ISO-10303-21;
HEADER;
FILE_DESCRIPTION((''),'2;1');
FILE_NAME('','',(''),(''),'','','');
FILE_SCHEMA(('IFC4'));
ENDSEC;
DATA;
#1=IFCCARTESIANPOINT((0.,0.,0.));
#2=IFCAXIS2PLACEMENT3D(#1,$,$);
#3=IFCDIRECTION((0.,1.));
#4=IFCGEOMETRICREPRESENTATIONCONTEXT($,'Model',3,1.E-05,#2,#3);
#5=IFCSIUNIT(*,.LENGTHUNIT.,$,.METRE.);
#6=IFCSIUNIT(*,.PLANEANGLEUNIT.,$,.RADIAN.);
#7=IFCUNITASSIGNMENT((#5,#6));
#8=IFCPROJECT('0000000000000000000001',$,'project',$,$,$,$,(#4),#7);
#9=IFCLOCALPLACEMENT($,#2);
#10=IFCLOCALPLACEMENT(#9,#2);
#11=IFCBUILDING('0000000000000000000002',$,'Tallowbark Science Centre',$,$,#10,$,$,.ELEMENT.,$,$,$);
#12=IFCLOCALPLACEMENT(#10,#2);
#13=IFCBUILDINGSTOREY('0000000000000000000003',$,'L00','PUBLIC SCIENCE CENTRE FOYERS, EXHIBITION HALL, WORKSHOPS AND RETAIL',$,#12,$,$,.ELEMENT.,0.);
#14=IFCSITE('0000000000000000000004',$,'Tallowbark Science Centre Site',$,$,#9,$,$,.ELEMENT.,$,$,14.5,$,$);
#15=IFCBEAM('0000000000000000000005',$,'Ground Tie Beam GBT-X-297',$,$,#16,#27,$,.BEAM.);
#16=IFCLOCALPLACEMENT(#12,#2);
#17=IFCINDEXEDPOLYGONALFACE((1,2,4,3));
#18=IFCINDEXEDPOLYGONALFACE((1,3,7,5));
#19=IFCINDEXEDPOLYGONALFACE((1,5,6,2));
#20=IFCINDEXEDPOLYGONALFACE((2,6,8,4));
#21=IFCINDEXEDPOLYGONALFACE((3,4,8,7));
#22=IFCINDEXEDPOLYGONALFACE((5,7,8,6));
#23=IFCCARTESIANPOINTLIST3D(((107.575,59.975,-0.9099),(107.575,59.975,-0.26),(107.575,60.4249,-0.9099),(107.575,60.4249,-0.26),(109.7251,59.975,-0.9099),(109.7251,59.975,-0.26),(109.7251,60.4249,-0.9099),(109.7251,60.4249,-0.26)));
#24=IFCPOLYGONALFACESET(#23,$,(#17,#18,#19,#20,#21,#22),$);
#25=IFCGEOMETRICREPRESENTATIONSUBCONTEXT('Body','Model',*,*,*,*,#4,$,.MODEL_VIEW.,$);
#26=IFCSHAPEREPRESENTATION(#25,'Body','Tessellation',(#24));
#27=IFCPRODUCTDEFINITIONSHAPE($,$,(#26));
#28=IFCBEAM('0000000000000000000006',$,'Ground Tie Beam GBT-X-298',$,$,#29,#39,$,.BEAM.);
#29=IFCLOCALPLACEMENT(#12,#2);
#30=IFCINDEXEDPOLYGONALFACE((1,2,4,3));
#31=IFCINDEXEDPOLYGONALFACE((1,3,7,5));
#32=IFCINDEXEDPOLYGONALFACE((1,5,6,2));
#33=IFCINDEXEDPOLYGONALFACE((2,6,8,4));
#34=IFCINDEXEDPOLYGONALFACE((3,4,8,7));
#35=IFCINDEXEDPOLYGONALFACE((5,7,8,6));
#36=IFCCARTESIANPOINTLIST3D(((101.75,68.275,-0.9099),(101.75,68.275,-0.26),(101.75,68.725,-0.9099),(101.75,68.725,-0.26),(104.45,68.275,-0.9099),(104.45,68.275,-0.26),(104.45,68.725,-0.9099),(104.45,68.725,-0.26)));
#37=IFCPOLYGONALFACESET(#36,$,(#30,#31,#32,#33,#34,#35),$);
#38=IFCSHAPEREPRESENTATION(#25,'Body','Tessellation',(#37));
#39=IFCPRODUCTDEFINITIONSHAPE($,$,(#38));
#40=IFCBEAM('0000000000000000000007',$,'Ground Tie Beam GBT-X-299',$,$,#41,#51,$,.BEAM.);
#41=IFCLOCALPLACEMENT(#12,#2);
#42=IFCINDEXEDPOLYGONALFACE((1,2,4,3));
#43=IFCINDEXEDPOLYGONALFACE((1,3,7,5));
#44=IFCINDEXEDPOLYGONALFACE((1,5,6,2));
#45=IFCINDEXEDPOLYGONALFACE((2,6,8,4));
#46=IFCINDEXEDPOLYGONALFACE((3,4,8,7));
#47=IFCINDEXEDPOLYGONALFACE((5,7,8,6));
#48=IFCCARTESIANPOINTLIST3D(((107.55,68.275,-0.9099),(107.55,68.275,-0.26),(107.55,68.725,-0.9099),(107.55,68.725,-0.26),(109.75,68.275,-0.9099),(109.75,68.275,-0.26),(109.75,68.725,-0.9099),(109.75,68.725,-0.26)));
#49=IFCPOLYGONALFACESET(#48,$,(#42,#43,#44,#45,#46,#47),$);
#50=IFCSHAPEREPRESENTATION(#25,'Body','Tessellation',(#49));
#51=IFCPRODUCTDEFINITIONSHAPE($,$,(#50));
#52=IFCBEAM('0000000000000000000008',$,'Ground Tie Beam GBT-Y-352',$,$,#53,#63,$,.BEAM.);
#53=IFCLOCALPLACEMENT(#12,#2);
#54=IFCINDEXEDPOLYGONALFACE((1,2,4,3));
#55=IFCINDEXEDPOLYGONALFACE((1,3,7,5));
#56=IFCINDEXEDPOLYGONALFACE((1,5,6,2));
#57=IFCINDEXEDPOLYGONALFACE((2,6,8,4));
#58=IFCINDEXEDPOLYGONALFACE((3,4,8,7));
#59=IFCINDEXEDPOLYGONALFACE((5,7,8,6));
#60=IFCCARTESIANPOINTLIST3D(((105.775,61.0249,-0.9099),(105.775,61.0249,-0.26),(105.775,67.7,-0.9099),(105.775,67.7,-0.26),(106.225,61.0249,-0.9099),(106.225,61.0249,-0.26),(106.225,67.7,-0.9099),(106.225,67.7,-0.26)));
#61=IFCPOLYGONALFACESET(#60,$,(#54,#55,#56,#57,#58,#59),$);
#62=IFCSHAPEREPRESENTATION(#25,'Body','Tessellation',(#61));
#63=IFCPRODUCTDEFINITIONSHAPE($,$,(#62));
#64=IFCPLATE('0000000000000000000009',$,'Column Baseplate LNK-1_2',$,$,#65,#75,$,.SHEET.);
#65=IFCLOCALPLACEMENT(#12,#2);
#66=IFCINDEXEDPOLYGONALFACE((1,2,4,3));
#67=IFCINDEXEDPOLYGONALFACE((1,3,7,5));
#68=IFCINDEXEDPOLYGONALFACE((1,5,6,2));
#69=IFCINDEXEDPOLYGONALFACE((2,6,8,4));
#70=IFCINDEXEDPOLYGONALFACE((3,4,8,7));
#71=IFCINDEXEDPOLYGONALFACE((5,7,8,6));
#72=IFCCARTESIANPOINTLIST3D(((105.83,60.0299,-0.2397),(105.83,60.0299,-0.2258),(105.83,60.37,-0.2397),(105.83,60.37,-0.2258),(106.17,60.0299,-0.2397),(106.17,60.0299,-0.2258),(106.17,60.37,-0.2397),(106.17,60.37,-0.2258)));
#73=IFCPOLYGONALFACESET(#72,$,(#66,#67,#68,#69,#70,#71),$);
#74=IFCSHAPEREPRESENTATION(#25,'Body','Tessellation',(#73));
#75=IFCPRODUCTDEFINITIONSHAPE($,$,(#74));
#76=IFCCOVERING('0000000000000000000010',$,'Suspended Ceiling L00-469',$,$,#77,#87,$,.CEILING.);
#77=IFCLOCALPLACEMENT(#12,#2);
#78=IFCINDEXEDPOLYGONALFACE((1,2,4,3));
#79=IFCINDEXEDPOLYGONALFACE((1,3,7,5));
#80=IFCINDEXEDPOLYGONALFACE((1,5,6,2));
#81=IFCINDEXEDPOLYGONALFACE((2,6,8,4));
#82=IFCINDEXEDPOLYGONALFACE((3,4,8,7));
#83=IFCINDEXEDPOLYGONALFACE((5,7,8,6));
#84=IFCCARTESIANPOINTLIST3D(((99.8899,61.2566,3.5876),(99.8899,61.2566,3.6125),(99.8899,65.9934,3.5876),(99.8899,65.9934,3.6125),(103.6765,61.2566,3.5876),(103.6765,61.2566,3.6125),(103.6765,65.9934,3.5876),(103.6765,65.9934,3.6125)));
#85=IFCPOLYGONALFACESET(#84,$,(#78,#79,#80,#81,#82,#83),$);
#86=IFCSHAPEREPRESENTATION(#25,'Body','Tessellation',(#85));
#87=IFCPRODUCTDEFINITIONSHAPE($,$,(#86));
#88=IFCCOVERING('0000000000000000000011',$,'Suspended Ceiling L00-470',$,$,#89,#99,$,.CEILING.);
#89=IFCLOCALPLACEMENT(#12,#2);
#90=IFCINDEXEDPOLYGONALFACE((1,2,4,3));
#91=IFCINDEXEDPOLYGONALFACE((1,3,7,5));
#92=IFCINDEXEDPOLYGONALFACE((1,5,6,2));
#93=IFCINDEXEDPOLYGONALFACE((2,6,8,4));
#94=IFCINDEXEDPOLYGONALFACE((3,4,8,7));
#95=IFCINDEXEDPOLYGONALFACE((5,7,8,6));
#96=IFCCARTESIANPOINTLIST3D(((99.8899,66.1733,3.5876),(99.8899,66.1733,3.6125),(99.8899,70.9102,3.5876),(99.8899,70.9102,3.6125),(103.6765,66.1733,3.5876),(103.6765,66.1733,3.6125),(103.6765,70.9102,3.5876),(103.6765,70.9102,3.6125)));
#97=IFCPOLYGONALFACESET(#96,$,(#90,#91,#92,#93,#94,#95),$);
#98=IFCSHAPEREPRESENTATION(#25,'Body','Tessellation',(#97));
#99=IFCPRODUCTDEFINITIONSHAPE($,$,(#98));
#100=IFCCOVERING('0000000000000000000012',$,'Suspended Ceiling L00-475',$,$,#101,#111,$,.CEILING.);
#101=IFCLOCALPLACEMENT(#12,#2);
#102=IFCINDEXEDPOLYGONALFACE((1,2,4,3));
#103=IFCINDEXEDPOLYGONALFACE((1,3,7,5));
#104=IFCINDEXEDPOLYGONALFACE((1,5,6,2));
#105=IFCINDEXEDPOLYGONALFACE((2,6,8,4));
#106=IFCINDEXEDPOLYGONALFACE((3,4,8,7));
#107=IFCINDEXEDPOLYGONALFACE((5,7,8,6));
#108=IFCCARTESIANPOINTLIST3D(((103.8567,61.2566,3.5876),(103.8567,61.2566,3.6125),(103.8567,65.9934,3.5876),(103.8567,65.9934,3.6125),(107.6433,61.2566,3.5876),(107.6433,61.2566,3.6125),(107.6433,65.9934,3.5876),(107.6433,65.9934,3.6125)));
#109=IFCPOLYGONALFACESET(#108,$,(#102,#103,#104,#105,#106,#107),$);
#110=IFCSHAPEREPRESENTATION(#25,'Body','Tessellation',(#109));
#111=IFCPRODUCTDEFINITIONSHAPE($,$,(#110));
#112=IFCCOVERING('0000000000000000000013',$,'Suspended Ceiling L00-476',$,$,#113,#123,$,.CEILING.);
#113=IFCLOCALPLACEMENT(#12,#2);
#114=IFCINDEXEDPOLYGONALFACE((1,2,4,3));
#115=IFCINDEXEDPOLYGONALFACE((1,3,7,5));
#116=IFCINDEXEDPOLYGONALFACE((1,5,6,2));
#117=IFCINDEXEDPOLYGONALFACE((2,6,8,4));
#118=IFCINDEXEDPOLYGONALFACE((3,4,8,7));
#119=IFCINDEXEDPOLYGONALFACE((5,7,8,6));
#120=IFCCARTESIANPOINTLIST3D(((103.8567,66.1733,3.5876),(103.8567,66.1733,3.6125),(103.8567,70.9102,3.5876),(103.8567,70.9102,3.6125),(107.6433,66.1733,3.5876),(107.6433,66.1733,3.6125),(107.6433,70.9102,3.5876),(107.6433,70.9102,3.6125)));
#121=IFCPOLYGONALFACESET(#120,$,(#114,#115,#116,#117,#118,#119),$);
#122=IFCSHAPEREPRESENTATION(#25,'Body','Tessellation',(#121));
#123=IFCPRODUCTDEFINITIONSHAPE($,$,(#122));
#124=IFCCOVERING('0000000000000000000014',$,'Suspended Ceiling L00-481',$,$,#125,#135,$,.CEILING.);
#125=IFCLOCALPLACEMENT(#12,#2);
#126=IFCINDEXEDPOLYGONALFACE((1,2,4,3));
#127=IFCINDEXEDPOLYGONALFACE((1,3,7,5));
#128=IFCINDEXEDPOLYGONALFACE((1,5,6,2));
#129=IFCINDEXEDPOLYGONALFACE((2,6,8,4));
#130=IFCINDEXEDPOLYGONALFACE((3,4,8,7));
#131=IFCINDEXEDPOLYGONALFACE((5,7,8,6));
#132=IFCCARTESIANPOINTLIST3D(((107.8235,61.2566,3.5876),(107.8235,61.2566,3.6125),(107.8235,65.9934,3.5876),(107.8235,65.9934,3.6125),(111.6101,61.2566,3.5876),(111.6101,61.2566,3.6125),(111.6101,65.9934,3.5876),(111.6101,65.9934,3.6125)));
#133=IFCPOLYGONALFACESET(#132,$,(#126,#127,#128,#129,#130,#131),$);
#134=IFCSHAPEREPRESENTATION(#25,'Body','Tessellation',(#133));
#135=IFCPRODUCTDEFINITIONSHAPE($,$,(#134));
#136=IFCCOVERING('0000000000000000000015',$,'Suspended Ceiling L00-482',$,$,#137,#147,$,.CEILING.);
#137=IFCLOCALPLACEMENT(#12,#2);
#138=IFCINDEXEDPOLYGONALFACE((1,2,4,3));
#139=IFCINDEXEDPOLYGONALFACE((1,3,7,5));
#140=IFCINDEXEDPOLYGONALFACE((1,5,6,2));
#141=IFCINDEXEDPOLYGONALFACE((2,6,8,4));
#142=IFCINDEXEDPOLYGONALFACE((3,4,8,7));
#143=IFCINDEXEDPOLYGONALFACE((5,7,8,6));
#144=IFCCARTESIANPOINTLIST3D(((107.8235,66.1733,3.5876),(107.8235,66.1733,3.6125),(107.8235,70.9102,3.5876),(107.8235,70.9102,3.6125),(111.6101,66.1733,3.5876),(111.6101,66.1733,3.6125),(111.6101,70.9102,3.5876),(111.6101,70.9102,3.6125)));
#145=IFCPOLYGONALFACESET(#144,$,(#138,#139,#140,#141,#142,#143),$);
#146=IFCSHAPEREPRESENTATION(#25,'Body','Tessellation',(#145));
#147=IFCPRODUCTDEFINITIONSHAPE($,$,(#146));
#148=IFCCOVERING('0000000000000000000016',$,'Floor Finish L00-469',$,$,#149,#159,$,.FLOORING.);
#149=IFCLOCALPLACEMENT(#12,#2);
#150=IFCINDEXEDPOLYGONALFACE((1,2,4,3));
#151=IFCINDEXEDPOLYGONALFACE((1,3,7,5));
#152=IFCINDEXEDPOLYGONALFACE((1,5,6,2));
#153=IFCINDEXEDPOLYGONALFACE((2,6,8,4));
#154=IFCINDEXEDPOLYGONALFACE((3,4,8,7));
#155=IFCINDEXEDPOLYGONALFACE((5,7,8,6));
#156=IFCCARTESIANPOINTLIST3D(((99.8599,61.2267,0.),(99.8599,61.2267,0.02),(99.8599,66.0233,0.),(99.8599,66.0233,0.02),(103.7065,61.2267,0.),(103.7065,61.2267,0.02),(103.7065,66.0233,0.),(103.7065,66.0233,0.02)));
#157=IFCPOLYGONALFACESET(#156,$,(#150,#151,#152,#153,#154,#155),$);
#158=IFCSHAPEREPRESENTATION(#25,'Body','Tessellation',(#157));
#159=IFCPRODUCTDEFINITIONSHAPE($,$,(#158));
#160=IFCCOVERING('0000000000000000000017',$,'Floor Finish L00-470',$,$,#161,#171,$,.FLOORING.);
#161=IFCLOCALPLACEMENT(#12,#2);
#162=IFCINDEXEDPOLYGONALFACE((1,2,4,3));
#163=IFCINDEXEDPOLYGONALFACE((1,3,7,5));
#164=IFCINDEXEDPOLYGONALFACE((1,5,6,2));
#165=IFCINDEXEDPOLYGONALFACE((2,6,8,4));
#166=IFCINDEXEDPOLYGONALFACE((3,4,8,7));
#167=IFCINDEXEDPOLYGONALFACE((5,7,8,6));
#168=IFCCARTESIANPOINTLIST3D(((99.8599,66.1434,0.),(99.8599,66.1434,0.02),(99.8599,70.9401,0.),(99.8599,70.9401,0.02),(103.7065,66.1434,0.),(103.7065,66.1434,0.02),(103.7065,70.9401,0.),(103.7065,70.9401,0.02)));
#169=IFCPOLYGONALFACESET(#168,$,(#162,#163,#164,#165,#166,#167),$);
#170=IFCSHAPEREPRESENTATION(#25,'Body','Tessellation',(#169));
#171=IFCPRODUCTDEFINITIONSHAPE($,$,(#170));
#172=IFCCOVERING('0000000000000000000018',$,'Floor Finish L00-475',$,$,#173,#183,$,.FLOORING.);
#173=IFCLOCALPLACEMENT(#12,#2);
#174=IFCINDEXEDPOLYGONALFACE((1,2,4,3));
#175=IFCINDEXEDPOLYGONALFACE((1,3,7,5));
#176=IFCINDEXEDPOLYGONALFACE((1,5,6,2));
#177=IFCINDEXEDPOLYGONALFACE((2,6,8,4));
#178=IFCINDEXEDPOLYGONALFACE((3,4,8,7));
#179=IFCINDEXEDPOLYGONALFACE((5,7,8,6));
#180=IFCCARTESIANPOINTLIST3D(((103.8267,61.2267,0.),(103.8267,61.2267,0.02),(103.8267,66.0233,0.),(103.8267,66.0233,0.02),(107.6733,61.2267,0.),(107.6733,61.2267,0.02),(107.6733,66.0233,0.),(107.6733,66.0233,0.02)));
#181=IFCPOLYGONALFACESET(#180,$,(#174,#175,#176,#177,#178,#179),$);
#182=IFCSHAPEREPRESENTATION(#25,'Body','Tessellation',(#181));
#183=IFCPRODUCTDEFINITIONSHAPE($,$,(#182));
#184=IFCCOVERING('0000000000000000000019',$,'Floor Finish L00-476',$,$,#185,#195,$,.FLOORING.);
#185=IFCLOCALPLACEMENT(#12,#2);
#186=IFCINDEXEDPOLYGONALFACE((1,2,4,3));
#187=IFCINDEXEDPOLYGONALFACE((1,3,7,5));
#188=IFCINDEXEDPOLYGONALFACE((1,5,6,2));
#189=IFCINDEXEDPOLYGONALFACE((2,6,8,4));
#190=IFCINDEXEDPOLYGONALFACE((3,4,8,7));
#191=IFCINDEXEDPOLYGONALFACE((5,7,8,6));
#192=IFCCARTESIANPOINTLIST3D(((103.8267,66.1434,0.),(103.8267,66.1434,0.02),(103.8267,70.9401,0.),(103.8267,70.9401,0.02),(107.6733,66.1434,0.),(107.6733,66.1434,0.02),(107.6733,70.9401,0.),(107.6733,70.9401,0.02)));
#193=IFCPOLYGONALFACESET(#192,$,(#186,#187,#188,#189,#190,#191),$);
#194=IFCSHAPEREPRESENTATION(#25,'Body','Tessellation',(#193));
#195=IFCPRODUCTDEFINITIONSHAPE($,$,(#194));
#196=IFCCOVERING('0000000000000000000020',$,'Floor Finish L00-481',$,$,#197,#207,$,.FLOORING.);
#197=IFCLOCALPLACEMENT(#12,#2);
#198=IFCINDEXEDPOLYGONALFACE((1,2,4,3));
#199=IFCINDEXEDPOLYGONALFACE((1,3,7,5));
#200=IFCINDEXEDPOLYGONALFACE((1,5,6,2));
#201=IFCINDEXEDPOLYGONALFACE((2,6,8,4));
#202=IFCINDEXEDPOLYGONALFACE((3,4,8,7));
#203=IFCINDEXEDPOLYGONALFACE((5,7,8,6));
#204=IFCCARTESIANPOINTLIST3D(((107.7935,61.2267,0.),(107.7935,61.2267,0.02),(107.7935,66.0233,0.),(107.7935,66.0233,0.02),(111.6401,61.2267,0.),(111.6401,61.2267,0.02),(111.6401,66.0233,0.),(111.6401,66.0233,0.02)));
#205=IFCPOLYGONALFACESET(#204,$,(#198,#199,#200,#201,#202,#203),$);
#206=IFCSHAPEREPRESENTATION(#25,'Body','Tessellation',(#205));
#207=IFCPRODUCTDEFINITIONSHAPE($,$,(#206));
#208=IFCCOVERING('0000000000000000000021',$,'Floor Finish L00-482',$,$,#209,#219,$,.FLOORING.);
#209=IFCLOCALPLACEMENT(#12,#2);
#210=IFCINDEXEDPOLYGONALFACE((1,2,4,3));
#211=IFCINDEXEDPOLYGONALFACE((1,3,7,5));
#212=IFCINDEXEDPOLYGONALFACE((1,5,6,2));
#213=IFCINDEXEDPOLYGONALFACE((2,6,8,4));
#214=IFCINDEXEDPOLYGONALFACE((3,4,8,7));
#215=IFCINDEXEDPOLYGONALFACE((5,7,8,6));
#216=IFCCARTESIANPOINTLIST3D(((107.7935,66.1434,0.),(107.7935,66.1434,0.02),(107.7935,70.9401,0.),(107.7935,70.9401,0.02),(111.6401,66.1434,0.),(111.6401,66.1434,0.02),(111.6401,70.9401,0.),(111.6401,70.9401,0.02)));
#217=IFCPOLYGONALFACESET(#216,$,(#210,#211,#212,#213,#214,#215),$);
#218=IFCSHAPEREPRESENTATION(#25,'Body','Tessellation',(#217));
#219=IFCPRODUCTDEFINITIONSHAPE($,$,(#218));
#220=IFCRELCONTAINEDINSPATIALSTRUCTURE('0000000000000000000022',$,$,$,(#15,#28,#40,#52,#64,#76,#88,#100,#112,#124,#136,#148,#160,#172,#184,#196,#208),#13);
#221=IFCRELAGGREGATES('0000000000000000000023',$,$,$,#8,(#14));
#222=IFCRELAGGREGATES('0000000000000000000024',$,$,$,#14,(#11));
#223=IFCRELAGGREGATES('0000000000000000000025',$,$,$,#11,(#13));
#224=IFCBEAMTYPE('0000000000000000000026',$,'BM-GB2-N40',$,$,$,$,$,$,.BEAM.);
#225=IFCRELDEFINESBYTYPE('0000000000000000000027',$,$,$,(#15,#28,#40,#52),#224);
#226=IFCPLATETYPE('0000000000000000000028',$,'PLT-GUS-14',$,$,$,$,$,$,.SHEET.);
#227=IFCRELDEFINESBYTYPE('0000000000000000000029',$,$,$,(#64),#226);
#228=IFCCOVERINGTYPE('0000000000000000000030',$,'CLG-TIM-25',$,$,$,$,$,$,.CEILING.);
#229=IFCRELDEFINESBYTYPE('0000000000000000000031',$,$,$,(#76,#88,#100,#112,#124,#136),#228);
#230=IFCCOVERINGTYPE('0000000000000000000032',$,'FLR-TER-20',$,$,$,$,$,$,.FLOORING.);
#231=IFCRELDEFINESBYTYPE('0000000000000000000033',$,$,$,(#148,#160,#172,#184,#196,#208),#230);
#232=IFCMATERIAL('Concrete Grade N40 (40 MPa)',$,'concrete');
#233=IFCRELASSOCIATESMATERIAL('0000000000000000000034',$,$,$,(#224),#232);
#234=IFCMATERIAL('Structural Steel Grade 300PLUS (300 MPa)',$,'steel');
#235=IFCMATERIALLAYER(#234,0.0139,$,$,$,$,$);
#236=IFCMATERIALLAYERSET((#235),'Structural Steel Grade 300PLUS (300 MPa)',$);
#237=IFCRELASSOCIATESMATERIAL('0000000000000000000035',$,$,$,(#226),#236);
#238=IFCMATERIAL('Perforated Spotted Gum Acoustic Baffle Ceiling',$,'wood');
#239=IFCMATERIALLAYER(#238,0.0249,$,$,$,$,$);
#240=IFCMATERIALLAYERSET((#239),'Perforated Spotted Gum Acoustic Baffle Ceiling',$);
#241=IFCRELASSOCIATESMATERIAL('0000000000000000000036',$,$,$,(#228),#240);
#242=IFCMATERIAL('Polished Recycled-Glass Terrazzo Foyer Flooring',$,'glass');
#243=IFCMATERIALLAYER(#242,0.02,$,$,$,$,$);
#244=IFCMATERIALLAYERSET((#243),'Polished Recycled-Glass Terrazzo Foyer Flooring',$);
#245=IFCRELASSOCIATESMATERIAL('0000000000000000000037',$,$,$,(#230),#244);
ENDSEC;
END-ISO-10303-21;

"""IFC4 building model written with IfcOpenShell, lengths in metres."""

from ifc_helpers import new_model, si_unit, direction, frame, origin, origin_2d, place, context, subcontext, project, spatial, rectangle, extrude, material, layer, layer_set, material_profile, profile_set, type_object, element, save


model = new_model("IFC4")

# Units and contexts
model_context = context("Model", 3, precision=1e-05, world=origin(), true_north=direction((0.0, 1.0)))
body_context = subcontext(model_context, "Body", "Model", "MODEL_VIEW")
ifc_project = project(units=[si_unit("LENGTHUNIT", "METRE"), si_unit("PLANEANGLEUNIT", "RADIAN")], contexts=[model_context])

# Site, building, storey
site_placement = place(None, origin())
site = spatial("IfcSite", under=ifc_project, at=site_placement, Name="Tallowbark Science Centre Site", CompositionType="ELEMENT", RefElevation=14.5)
building_placement = place(site_placement, origin())
building = spatial("IfcBuilding", under=site, at=building_placement, Name="Tallowbark Science Centre", CompositionType="ELEMENT")
storey_placement = place(building_placement, origin())
storey = spatial("IfcBuildingStorey", under=building, at=storey_placement, Name="L00", Description="PUBLIC SCIENCE CENTRE FOYERS, EXHIBITION HALL, WORKSHOPS AND RETAIL", CompositionType="ELEMENT", Elevation=0.0)

# Shared definitions
ifc_material_1 = material(Name="Concrete Grade N40 (40 MPa)", Category="concrete")

# Shared definitions
ifc_material_2 = material(Name="Structural Steel Grade 300PLUS (300 MPa)", Category="steel")

# Beams
ifc_material_profile_1 = material_profile(ifc_material_1, rectangle(XDim=0.45, YDim=0.6499, at=origin_2d()), Name="RC450x650")
ifc_profile_set_1 = profile_set([ifc_material_profile_1], Name="Concrete Grade N40 (40 MPa)")
beam_type = type_object("IfcBeamType", Name="BM-GB2-N40", PredefinedType="BEAM", material=ifc_profile_set_1)
beam_1_placement = place(storey_placement, frame((107.575, 60.2, -0.585), z_axis=(1.0, 0.0, 0.0), x_axis=(0.0, 1.0, 0.0)))
element("IfcBeam", 1, at=beam_1_placement, inside=storey, type_object=beam_type, Name="Ground Tie Beam GBT-X-297", PredefinedType="BEAM", context=body_context, shape_type="SweptSolid", body=[
    extrude(rectangle(XDim=0.45, YDim=0.6499, at=origin_2d()), origin(), (0.0, 0.0, 1.0), 2.1501),
])
beam_2_placement = place(storey_placement, frame((101.75, 68.5, -0.585), z_axis=(1.0, 0.0, 0.0), x_axis=(0.0, 1.0, 0.0)))
element("IfcBeam", 2, at=beam_2_placement, inside=storey, type_object=beam_type, Name="Ground Tie Beam GBT-X-298", PredefinedType="BEAM", context=body_context, shape_type="SweptSolid", body=[
    extrude(rectangle(XDim=0.45, YDim=0.6499, at=origin_2d()), origin(), (0.0, 0.0, 1.0), 2.7),
])
beam_3_placement = place(storey_placement, frame((107.55, 68.5, -0.585), z_axis=(1.0, 0.0, 0.0), x_axis=(0.0, 1.0, 0.0)))
element("IfcBeam", 3, at=beam_3_placement, inside=storey, type_object=beam_type, Name="Ground Tie Beam GBT-X-299", PredefinedType="BEAM", context=body_context, shape_type="SweptSolid", body=[
    extrude(rectangle(XDim=0.45, YDim=0.6499, at=origin_2d()), origin(), (0.0, 0.0, 1.0), 2.2),
])
beam_4_placement = place(storey_placement, frame((106.0, 61.0249, -0.585), z_axis=(0.0, 1.0, 0.0), x_axis=(-1.0, 0.0, 0.0)))
element("IfcBeam", 4, at=beam_4_placement, inside=storey, type_object=beam_type, Name="Ground Tie Beam GBT-Y-352", PredefinedType="BEAM", context=body_context, shape_type="SweptSolid", body=[
    extrude(rectangle(XDim=0.45, YDim=0.6499, at=origin_2d()), origin(), (0.0, 0.0, 1.0), 6.675),
])

# Plate
ifc_layer_1 = layer(ifc_material_2, 0.0139)
ifc_layer_set_1 = layer_set([ifc_layer_1], Name="Structural Steel Grade 300PLUS (300 MPa)")
plate_type = type_object("IfcPlateType", Name="PLT-GUS-14", PredefinedType="SHEET", material=ifc_layer_set_1)
plate_placement = place(storey_placement, frame((106.0, 60.2, -0.2397), z_axis=(0.0, 0.0, 1.0), x_axis=(1.0, 0.0, 0.0)))
element("IfcPlate", 5, at=plate_placement, inside=storey, type_object=plate_type, Name="Column Baseplate LNK-1_2", PredefinedType="SHEET", context=body_context, shape_type="SweptSolid", body=[
    extrude(rectangle(XDim=0.3401, YDim=0.3401, at=origin_2d()), origin(), (0.0, 0.0, 1.0), 0.0139),
])

# Coverings
ifc_material_3 = material(Name="Perforated Spotted Gum Acoustic Baffle Ceiling", Category="wood")
ifc_layer_2 = layer(ifc_material_3, 0.0249)
ifc_layer_set_2 = layer_set([ifc_layer_2], Name="Perforated Spotted Gum Acoustic Baffle Ceiling")
covering_type_1 = type_object("IfcCoveringType", Name="CLG-TIM-25", PredefinedType="CEILING", material=ifc_layer_set_2)
for number, where, z_axis, x_axis, name in (
    (6, (101.7832, 63.625, 3.5876), (0.0, 0.0, 1.0), (1.0, 0.0, 0.0), "Suspended Ceiling L00-469"),
    (7, (101.7832, 68.5417, 3.5876), (0.0, 0.0, 1.0), (1.0, 0.0, 0.0), "Suspended Ceiling L00-470"),
    (8, (105.75, 63.625, 3.5876), (0.0, 0.0, 1.0), (1.0, 0.0, 0.0), "Suspended Ceiling L00-475"),
    (9, (105.75, 68.5417, 3.5876), (0.0, 0.0, 1.0), (1.0, 0.0, 0.0), "Suspended Ceiling L00-476"),
    (10, (109.7168, 63.625, 3.5876), (0.0, 0.0, 1.0), (1.0, 0.0, 0.0), "Suspended Ceiling L00-481"),
    (11, (109.7168, 68.5417, 3.5876), (0.0, 0.0, 1.0), (1.0, 0.0, 0.0), "Suspended Ceiling L00-482"),
):
    element("IfcCovering", number, at=place(storey_placement, frame(where, z_axis=z_axis, x_axis=x_axis)), inside=storey, type_object=covering_type_1, Name=name, PredefinedType="CEILING", context=body_context, shape_type="SweptSolid", body=[
        extrude(rectangle(XDim=3.7866, YDim=4.7368, at=origin_2d()), origin(), (0.0, 0.0, 1.0), 0.0249),
    ])
ifc_material_4 = material(Name="Polished Recycled-Glass Terrazzo Foyer Flooring", Category="glass")
ifc_layer_3 = layer(ifc_material_4, 0.02)
ifc_layer_set_3 = layer_set([ifc_layer_3], Name="Polished Recycled-Glass Terrazzo Foyer Flooring")
covering_type_2 = type_object("IfcCoveringType", Name="FLR-TER-20", PredefinedType="FLOORING", material=ifc_layer_set_3)
for number, where, z_axis, x_axis, name in (
    (12, (101.7832, 63.625, 0.0), (0.0, 0.0, 1.0), (1.0, 0.0, 0.0), "Floor Finish L00-469"),
    (13, (101.7832, 68.5417, 0.0), (0.0, 0.0, 1.0), (1.0, 0.0, 0.0), "Floor Finish L00-470"),
    (14, (105.75, 63.625, 0.0), (0.0, 0.0, 1.0), (1.0, 0.0, 0.0), "Floor Finish L00-475"),
    (15, (105.75, 68.5417, 0.0), (0.0, 0.0, 1.0), (1.0, 0.0, 0.0), "Floor Finish L00-476"),
    (16, (109.7168, 63.625, 0.0), (0.0, 0.0, 1.0), (1.0, 0.0, 0.0), "Floor Finish L00-481"),
    (17, (109.7168, 68.5417, 0.0), (0.0, 0.0, 1.0), (1.0, 0.0, 0.0), "Floor Finish L00-482"),
):
    element("IfcCovering", number, at=place(storey_placement, frame(where, z_axis=z_axis, x_axis=x_axis)), inside=storey, type_object=covering_type_2, Name=name, PredefinedType="FLOORING", context=body_context, shape_type="SweptSolid", body=[
        extrude(rectangle(XDim=3.8467, YDim=4.7966, at=origin_2d()), origin(), (0.0, 0.0, 1.0), 0.02),
    ])

save(model, "model.ifc")
